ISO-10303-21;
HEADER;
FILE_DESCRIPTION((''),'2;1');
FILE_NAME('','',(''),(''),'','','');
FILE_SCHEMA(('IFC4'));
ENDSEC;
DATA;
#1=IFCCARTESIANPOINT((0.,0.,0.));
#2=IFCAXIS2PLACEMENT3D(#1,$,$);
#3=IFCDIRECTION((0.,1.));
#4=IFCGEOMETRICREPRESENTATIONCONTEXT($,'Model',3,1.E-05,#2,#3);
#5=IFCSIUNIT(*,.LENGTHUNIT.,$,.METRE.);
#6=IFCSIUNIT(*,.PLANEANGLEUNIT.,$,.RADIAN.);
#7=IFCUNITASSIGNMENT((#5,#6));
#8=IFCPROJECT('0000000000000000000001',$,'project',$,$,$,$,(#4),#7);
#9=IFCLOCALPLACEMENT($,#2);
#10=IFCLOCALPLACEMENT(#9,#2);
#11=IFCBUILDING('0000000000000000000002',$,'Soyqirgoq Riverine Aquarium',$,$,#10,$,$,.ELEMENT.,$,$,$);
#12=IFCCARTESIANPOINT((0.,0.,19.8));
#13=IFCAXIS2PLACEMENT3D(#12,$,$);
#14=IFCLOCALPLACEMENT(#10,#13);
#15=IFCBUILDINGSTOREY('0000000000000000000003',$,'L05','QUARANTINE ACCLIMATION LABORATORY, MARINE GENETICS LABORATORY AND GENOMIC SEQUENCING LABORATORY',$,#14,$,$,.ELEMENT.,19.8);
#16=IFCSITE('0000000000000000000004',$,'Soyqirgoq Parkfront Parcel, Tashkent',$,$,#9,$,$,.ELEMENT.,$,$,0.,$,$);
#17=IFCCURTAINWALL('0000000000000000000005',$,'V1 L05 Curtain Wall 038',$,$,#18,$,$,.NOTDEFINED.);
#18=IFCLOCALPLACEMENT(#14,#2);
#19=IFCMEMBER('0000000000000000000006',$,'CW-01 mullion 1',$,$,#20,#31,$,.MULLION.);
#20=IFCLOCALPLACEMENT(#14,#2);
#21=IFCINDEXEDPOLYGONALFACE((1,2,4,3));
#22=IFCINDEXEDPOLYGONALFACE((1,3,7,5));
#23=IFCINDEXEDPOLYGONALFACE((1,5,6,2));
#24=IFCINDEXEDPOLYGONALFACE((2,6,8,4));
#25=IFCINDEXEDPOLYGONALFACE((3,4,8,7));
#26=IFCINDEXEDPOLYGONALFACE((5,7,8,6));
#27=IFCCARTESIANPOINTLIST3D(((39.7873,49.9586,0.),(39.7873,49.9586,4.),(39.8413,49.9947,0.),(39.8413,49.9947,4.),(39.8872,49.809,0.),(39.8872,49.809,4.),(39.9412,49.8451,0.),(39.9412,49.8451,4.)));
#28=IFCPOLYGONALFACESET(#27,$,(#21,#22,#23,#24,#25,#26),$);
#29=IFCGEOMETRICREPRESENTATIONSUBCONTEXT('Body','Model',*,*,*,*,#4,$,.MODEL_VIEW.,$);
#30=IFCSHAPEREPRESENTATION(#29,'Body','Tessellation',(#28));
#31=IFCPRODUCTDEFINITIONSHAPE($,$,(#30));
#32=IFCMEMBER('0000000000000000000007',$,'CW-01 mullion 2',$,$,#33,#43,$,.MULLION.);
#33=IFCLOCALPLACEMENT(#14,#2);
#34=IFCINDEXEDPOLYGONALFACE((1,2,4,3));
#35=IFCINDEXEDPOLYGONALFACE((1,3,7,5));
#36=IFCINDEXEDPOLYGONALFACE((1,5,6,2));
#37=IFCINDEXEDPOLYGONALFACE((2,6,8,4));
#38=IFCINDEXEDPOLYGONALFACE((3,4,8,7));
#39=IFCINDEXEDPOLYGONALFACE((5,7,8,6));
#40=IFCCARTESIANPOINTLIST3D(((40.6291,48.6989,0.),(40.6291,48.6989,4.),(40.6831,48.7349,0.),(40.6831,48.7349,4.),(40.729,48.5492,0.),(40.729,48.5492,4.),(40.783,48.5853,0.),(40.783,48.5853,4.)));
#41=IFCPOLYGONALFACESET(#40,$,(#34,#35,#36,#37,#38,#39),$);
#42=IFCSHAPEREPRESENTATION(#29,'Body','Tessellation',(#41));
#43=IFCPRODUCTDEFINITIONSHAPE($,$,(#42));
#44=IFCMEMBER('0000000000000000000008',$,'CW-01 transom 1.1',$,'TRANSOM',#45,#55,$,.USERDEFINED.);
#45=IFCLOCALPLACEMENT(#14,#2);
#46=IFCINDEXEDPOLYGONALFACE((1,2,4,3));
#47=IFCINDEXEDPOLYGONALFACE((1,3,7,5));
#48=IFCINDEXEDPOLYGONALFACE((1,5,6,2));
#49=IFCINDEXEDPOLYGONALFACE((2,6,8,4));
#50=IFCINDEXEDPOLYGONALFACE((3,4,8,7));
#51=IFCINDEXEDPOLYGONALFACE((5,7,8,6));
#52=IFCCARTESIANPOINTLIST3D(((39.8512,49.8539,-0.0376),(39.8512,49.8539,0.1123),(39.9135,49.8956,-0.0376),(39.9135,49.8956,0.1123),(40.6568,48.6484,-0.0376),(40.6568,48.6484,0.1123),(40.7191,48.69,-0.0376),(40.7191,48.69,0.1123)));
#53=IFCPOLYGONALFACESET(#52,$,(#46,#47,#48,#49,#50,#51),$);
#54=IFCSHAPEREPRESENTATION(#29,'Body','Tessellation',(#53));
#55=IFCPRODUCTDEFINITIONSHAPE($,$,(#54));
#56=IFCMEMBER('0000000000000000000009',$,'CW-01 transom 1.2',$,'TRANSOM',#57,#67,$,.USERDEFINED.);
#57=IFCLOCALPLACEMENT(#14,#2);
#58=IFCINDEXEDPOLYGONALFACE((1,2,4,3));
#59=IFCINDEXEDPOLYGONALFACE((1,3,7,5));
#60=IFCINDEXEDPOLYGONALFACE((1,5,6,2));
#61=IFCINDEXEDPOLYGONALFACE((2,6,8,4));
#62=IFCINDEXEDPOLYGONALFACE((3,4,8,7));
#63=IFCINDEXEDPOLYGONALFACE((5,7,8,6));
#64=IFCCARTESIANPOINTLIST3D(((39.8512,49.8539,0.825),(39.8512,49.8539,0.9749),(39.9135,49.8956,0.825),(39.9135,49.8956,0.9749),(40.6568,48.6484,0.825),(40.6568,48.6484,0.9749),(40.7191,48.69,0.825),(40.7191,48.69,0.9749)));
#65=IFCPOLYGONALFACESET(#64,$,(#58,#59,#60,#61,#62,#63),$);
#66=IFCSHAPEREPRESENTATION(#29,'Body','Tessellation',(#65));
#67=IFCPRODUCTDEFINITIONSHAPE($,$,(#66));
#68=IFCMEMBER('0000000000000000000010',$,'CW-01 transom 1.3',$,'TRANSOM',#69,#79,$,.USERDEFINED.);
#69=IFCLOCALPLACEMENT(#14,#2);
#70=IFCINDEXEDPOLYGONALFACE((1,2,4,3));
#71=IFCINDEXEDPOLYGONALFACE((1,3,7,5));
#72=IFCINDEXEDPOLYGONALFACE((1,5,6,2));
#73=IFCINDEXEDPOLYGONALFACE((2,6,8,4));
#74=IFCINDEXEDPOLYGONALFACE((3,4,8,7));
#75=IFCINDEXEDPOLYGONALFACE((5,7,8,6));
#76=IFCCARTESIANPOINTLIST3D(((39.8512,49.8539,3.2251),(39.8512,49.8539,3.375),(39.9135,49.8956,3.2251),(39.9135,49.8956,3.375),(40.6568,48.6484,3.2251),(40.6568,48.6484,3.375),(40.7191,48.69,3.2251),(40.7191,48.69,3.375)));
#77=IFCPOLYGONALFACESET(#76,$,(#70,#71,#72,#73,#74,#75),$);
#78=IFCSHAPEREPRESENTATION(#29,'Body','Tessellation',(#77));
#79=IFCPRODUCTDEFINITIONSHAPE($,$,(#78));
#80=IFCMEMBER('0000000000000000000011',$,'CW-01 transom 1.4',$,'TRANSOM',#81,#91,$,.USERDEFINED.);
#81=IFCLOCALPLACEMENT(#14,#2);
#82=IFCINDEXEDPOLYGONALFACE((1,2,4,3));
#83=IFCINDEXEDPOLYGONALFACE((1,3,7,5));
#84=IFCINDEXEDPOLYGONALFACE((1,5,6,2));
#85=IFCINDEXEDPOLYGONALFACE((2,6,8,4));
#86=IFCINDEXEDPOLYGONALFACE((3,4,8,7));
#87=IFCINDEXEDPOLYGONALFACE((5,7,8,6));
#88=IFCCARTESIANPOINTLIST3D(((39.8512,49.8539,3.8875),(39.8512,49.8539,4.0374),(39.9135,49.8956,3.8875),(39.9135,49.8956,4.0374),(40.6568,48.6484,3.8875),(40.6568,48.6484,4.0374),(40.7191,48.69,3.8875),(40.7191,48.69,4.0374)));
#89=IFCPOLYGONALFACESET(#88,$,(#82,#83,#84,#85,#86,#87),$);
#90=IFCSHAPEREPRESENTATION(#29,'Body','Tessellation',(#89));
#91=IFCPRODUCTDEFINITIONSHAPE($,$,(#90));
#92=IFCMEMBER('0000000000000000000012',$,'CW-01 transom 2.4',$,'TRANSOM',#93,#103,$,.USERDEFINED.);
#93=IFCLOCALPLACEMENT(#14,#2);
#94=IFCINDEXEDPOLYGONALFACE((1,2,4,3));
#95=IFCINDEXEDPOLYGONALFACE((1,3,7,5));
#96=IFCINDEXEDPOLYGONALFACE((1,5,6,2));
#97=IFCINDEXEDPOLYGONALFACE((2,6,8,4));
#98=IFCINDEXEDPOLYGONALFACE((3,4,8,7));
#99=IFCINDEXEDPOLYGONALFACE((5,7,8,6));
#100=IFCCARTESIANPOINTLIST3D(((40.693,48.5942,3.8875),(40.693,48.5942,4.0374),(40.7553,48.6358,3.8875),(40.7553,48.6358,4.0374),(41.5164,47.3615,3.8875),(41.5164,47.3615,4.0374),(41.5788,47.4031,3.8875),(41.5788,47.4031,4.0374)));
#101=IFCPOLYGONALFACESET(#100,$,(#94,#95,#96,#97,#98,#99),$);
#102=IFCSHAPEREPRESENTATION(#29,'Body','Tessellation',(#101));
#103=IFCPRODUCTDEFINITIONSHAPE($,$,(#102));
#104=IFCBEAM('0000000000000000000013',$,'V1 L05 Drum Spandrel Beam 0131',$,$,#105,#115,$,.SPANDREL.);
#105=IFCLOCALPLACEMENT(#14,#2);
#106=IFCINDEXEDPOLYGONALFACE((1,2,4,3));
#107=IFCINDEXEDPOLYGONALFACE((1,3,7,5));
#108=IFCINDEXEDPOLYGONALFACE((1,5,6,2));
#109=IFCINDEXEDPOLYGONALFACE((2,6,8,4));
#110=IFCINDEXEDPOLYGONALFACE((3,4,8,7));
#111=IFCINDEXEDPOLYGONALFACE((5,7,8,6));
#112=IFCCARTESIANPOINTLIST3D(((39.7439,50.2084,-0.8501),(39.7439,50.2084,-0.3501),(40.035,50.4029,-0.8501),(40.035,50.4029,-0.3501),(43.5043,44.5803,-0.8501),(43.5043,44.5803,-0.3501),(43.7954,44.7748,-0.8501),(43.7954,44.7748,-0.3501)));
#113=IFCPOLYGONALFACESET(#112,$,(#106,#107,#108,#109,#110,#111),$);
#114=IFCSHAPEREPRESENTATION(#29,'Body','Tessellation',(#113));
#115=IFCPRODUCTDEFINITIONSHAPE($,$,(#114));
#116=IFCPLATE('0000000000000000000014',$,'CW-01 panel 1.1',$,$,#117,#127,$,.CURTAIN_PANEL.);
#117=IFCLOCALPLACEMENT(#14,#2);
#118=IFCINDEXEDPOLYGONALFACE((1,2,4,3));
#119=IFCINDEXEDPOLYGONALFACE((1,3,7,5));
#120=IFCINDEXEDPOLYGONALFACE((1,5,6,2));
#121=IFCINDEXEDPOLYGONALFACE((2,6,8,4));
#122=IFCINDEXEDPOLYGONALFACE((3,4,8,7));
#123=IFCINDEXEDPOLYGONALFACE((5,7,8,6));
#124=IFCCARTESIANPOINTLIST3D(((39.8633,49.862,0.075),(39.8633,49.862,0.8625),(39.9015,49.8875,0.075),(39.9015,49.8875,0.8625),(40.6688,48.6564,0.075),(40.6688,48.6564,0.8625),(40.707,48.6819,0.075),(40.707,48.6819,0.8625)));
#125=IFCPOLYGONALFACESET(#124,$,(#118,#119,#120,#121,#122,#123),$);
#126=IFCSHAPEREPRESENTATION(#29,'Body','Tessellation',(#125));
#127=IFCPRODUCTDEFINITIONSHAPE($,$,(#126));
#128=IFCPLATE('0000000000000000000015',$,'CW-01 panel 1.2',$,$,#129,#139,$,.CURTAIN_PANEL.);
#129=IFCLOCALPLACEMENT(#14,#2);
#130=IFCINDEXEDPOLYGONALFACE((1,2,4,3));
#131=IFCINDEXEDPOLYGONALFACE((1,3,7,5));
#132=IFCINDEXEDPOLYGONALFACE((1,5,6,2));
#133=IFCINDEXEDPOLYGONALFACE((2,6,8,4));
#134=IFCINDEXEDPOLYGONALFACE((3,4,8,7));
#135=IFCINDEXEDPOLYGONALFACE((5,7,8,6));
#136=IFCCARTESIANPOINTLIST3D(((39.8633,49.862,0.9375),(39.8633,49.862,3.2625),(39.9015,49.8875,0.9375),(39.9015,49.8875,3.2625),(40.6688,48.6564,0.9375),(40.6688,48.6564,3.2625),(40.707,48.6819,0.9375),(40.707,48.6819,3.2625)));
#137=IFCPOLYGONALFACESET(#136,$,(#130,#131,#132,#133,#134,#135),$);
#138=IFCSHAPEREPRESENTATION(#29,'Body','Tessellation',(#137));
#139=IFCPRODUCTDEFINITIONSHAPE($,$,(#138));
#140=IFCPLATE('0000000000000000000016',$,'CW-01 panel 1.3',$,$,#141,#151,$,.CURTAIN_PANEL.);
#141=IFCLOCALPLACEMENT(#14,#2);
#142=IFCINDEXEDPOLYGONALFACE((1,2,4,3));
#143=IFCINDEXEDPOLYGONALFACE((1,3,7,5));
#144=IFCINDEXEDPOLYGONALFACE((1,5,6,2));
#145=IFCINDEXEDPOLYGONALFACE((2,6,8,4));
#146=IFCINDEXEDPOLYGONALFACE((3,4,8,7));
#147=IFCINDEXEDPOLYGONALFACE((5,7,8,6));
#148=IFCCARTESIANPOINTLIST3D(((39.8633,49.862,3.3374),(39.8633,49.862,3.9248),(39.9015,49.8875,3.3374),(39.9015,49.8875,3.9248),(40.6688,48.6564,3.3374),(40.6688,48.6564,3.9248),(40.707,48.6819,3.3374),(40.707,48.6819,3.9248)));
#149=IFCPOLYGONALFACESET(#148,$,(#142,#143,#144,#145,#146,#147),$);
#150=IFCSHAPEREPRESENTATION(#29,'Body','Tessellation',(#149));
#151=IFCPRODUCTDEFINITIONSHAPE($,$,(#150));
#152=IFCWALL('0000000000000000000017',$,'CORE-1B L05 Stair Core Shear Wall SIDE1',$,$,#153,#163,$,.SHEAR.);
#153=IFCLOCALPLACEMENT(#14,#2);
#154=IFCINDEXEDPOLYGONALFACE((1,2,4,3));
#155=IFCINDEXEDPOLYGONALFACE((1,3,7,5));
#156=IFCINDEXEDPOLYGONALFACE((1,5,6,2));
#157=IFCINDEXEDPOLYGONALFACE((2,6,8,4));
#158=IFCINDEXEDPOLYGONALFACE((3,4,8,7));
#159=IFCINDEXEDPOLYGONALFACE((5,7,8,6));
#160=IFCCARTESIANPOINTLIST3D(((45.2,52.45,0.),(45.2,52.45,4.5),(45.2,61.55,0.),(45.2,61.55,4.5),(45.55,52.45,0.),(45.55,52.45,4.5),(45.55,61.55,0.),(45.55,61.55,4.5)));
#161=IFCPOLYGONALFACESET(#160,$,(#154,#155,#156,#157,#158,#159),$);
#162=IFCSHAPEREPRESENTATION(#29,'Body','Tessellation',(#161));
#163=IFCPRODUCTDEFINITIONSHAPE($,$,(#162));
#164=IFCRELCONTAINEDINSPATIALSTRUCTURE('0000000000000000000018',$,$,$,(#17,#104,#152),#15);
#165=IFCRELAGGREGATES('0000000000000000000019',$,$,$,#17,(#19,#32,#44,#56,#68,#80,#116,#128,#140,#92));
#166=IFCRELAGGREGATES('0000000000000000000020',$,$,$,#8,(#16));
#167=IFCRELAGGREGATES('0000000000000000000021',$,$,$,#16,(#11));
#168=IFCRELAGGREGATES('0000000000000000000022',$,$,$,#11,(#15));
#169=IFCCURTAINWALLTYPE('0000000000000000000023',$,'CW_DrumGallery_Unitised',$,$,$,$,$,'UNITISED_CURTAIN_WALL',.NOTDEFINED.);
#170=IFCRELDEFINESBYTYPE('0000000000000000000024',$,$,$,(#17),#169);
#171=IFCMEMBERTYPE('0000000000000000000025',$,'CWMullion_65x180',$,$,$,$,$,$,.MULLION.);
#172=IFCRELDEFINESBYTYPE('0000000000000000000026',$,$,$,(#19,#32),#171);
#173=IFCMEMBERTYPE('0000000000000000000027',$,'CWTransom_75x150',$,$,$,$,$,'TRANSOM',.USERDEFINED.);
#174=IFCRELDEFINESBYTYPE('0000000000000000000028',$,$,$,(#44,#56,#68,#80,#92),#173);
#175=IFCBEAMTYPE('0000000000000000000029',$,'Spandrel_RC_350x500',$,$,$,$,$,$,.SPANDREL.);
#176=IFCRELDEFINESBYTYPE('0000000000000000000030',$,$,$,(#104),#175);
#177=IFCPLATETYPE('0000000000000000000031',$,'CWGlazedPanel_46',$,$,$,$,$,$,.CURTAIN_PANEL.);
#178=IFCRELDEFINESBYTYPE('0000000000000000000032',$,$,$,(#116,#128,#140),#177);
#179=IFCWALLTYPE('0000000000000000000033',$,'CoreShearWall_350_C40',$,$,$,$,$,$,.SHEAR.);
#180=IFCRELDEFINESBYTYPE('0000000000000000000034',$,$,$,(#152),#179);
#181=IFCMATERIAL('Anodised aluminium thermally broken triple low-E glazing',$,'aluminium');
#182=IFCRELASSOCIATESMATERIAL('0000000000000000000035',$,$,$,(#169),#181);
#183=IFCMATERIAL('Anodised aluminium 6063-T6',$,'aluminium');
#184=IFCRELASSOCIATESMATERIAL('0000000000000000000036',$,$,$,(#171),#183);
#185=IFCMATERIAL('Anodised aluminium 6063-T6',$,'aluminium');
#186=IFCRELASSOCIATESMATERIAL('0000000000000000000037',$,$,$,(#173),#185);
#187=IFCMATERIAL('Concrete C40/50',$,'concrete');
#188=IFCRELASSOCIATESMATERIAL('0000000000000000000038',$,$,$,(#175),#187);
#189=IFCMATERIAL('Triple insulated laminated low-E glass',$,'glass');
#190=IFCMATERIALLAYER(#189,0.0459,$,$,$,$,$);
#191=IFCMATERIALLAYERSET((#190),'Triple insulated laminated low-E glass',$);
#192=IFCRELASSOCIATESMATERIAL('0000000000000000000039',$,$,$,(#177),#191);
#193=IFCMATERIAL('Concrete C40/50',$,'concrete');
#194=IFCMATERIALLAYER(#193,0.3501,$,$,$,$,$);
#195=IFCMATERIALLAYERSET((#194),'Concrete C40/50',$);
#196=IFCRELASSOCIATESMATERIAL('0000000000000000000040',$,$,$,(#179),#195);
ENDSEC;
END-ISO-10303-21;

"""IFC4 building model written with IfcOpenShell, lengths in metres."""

from ifc_helpers import new_model, si_unit, direction, frame, frame_2d, origin, origin_2d, place, context, subcontext, project, spatial, rectangle, extrude, material, layer, layer_set, material_profile, profile_set, type_object, element, aggregate, save


model = new_model("IFC4")

# Units and contexts
model_context = context("Model", 3, precision=1e-05, world=origin(), true_north=direction((0.0, 1.0)))
body_context = subcontext(model_context, "Body", "Model", "MODEL_VIEW")
ifc_project = project(units=[si_unit("LENGTHUNIT", "METRE"), si_unit("PLANEANGLEUNIT", "RADIAN")], contexts=[model_context])

# Site, building, storey
site_placement = place(None, origin())
site = spatial("IfcSite", under=ifc_project, at=site_placement, Name="Soyqirgoq Parkfront Parcel, Tashkent", CompositionType="ELEMENT", RefElevation=0.0)
building_placement = place(site_placement, origin())
building = spatial("IfcBuilding", under=site, at=building_placement, Name="Soyqirgoq Riverine Aquarium", CompositionType="ELEMENT")
storey_placement = place(building_placement, frame((0.0, 0.0, 19.8)))
storey = spatial("IfcBuildingStorey", under=building, at=storey_placement, Name="L05", Description="QUARANTINE ACCLIMATION LABORATORY, MARINE GENETICS LABORATORY AND GENOMIC SEQUENCING LABORATORY", CompositionType="ELEMENT", Elevation=19.8)

# Curtain wall, members
ifc_material_1 = material(Name="Anodised aluminium thermally broken triple low-E glazing", Category="aluminium")
curtain_wall_type = type_object("IfcCurtainWallType", Name="CW_DrumGallery_Unitised", ElementType="UNITISED_CURTAIN_WALL", PredefinedType="NOTDEFINED", material=ifc_material_1)
curtain_wall_placement = place(storey_placement, origin())
curtain_wall = element("IfcCurtainWall", 1, at=curtain_wall_placement, inside=storey, type_object=curtain_wall_type, Name="V1 L05 Curtain Wall 038", PredefinedType="NOTDEFINED")
ifc_material_2 = material(Name="Anodised aluminium 6063-T6", Category="aluminium")
ifc_material_profile_1 = material_profile(ifc_material_2, rectangle(XDim=0.0649, YDim=0.1799, at=origin_2d()), Name="ALU-M 65x180")
ifc_profile_set_1 = profile_set([ifc_material_profile_1], Name="Anodised aluminium 6063-T6")
member_type_1 = type_object("IfcMemberType", Name="CWMullion_65x180", PredefinedType="MULLION", material=ifc_profile_set_1)
member_1_placement = place(storey_placement, frame((39.8643, 49.9019, 0.0), z_axis=(0.0, 0.0, 1.0), x_axis=(0.831476, 0.555561, 0.0)))
member_1 = element("IfcMember", 2, at=member_1_placement, type_object=member_type_1, Name="CW-01 mullion 1", PredefinedType="MULLION", context=body_context, shape_type="SweptSolid", body=[
    extrude(rectangle(XDim=0.0649, YDim=0.1799, at=origin_2d()), origin(), (0.0, 0.0, 1.0), 4.0),
])
member_2_placement = place(storey_placement, frame((40.7061, 48.6421, 0.0), z_axis=(0.0, 0.0, 1.0), x_axis=(0.831476, 0.555561, 0.0)))
member_2 = element("IfcMember", 3, at=member_2_placement, type_object=member_type_1, Name="CW-01 mullion 2", PredefinedType="MULLION", context=body_context, shape_type="SweptSolid", body=[
    extrude(rectangle(XDim=0.0649, YDim=0.1799, at=origin_2d()), origin(), (0.0, 0.0, 1.0), 4.0),
])
ifc_material_3 = material(Name="Anodised aluminium 6063-T6", Category="aluminium")
ifc_material_profile_2 = material_profile(ifc_material_3, rectangle(XDim=0.075, YDim=0.1499, at=origin_2d()), Name="ALU-T 75x150")
ifc_profile_set_2 = profile_set([ifc_material_profile_2], Name="Anodised aluminium 6063-T6")
member_type_2 = type_object("IfcMemberType", Name="CWTransom_75x150", ElementType="TRANSOM", PredefinedType="USERDEFINED", material=ifc_profile_set_2)
member_3_placement = place(storey_placement, frame((39.8823, 49.8748, 0.0374), z_axis=(0.555632, -0.831428, 0.0), x_axis=(0.831428, 0.555632, 0.0)))
member_3 = element("IfcMember", 4, at=member_3_placement, type_object=member_type_2, Name="CW-01 transom 1.1", ObjectType="TRANSOM", PredefinedType="USERDEFINED", context=body_context, shape_type="SweptSolid", body=[
    extrude(rectangle(XDim=0.075, YDim=0.1499, at=origin_2d()), origin(), (0.0, 0.0, 1.0), 1.45),
])
member_4_placement = place(storey_placement, frame((39.8823, 49.8748, 0.8999), z_axis=(0.555632, -0.831428, 0.0), x_axis=(0.831428, 0.555632, 0.0)))
member_4 = element("IfcMember", 5, at=member_4_placement, type_object=member_type_2, Name="CW-01 transom 1.2", ObjectType="TRANSOM", PredefinedType="USERDEFINED", context=body_context, shape_type="SweptSolid", body=[
    extrude(rectangle(XDim=0.075, YDim=0.1499, at=origin_2d()), origin(), (0.0, 0.0, 1.0), 1.45),
])
member_5_placement = place(storey_placement, frame((39.8823, 49.8748, 3.3), z_axis=(0.555632, -0.831428, 0.0), x_axis=(0.831428, 0.555632, 0.0)))
member_5 = element("IfcMember", 6, at=member_5_placement, type_object=member_type_2, Name="CW-01 transom 1.3", ObjectType="TRANSOM", PredefinedType="USERDEFINED", context=body_context, shape_type="SweptSolid", body=[
    extrude(rectangle(XDim=0.075, YDim=0.1499, at=origin_2d()), origin(), (0.0, 0.0, 1.0), 1.45),
])
member_6_placement = place(storey_placement, frame((39.8823, 49.8748, 3.9624), z_axis=(0.555632, -0.831428, 0.0), x_axis=(0.831428, 0.555632, 0.0)))
member_6 = element("IfcMember", 7, at=member_6_placement, type_object=member_type_2, Name="CW-01 transom 1.4", ObjectType="TRANSOM", PredefinedType="USERDEFINED", context=body_context, shape_type="SweptSolid", body=[
    extrude(rectangle(XDim=0.075, YDim=0.1499, at=origin_2d()), origin(), (0.0, 0.0, 1.0), 1.45),
])
member_7_placement = place(storey_placement, frame((40.7241, 48.615, 3.9624), z_axis=(0.555498, -0.831518, 0.0), x_axis=(0.831518, 0.555498, 0.0)))
member_7 = element("IfcMember", 8, at=member_7_placement, type_object=member_type_2, Name="CW-01 transom 2.4", ObjectType="TRANSOM", PredefinedType="USERDEFINED", context=body_context, shape_type="SweptSolid", body=[
    extrude(rectangle(XDim=0.075, YDim=0.1499, at=origin_2d()), origin(), (0.0, 0.0, 1.0), 1.4824),
])

# Beam
ifc_material_4 = material(Name="Concrete C40/50", Category="concrete")
ifc_material_profile_3 = material_profile(ifc_material_4, rectangle(XDim=0.3501, YDim=0.5, at=origin_2d()), Name="RC 350x500")
ifc_profile_set_3 = profile_set([ifc_material_profile_3], Name="Concrete C40/50")
beam_type = type_object("IfcBeamType", Name="Spandrel_RC_350x500", PredefinedType="SPANDREL", material=ifc_profile_set_3)
beam_placement = place(storey_placement, frame((39.8894, 50.3057, -0.6001), z_axis=(0.555557, -0.831478, 0.0), x_axis=(0.831478, 0.555557, 0.0)))
element("IfcBeam", 9, at=beam_placement, inside=storey, type_object=beam_type, Name="V1 L05 Drum Spandrel Beam 0131", PredefinedType="SPANDREL", context=body_context, shape_type="SweptSolid", body=[
    extrude(rectangle(XDim=0.3501, YDim=0.5, at=origin_2d()), origin(), (0.0, 0.0, 1.0), 6.7688),
])

# Plates
ifc_material_5 = material(Name="Triple insulated laminated low-E glass", Category="glass")
ifc_layer_1 = layer(ifc_material_5, 0.0459)
ifc_layer_set_1 = layer_set([ifc_layer_1], Name="Triple insulated laminated low-E glass")
plate_type = type_object("IfcPlateType", Name="CWGlazedPanel_46", PredefinedType="CURTAIN_PANEL", material=ifc_layer_set_1)
plate_1_placement = place(storey_placement, frame((40.2852, 49.272, 0.075), z_axis=(0.0, 0.0, 1.0), x_axis=(0.555561, -0.831476, 0.0)))
plate_1 = element("IfcPlate", 10, at=plate_1_placement, type_object=plate_type, Name="CW-01 panel 1.1", PredefinedType="CURTAIN_PANEL", context=body_context, shape_type="SweptSolid", body=[
    extrude(rectangle(XDim=1.45, YDim=0.0459, at=origin_2d()), origin(), (0.0, 0.0, 1.0), 0.7876),
])
plate_2_placement = place(storey_placement, frame((40.2852, 49.272, 0.9375), z_axis=(0.0, 0.0, 1.0), x_axis=(0.555561, -0.831476, 0.0)))
plate_2 = element("IfcPlate", 11, at=plate_2_placement, type_object=plate_type, Name="CW-01 panel 1.2", PredefinedType="CURTAIN_PANEL", context=body_context, shape_type="SweptSolid", body=[
    extrude(rectangle(XDim=1.45, YDim=0.0459, at=origin_2d()), origin(), (0.0, 0.0, 1.0), 2.325),
])
plate_3_placement = place(storey_placement, frame((40.2852, 49.272, 3.3374), z_axis=(0.0, 0.0, 1.0), x_axis=(0.555561, -0.831476, 0.0)))
plate_3 = element("IfcPlate", 12, at=plate_3_placement, type_object=plate_type, Name="CW-01 panel 1.3", PredefinedType="CURTAIN_PANEL", context=body_context, shape_type="SweptSolid", body=[
    extrude(rectangle(XDim=1.45, YDim=0.0459, at=origin_2d()), origin(), (0.0, 0.0, 1.0), 0.5874),
])
aggregate(curtain_wall, [member_1, member_2, member_3, member_4, member_5, member_6, plate_1, plate_2, plate_3, member_7])

# Wall
ifc_material_6 = material(Name="Concrete C40/50", Category="concrete")
ifc_layer_2 = layer(ifc_material_6, 0.3501)
ifc_layer_set_2 = layer_set([ifc_layer_2], Name="Concrete C40/50")
wall_type_1 = type_object("IfcWallType", Name="CoreShearWall_350_C40", PredefinedType="SHEAR", material=ifc_layer_set_2)
wall_1_placement = place(storey_placement, frame((45.375, 52.45, 0.0), z_axis=(0.0, 0.0, 1.0), x_axis=(0.0, 1.0, 0.0)))
element("IfcWall", 13, at=wall_1_placement, inside=storey, type_object=wall_type_1, Name="CORE-1B L05 Stair Core Shear Wall SIDE1", PredefinedType="SHEAR", context=body_context, shape_type="SweptSolid", body=[
    extrude(rectangle(XDim=9.1001, YDim=0.3501, at=frame_2d((4.55, 0.0))), origin(), (0.0, 0.0, 1.0), 4.5),
])

save(model, "model.ifc")
